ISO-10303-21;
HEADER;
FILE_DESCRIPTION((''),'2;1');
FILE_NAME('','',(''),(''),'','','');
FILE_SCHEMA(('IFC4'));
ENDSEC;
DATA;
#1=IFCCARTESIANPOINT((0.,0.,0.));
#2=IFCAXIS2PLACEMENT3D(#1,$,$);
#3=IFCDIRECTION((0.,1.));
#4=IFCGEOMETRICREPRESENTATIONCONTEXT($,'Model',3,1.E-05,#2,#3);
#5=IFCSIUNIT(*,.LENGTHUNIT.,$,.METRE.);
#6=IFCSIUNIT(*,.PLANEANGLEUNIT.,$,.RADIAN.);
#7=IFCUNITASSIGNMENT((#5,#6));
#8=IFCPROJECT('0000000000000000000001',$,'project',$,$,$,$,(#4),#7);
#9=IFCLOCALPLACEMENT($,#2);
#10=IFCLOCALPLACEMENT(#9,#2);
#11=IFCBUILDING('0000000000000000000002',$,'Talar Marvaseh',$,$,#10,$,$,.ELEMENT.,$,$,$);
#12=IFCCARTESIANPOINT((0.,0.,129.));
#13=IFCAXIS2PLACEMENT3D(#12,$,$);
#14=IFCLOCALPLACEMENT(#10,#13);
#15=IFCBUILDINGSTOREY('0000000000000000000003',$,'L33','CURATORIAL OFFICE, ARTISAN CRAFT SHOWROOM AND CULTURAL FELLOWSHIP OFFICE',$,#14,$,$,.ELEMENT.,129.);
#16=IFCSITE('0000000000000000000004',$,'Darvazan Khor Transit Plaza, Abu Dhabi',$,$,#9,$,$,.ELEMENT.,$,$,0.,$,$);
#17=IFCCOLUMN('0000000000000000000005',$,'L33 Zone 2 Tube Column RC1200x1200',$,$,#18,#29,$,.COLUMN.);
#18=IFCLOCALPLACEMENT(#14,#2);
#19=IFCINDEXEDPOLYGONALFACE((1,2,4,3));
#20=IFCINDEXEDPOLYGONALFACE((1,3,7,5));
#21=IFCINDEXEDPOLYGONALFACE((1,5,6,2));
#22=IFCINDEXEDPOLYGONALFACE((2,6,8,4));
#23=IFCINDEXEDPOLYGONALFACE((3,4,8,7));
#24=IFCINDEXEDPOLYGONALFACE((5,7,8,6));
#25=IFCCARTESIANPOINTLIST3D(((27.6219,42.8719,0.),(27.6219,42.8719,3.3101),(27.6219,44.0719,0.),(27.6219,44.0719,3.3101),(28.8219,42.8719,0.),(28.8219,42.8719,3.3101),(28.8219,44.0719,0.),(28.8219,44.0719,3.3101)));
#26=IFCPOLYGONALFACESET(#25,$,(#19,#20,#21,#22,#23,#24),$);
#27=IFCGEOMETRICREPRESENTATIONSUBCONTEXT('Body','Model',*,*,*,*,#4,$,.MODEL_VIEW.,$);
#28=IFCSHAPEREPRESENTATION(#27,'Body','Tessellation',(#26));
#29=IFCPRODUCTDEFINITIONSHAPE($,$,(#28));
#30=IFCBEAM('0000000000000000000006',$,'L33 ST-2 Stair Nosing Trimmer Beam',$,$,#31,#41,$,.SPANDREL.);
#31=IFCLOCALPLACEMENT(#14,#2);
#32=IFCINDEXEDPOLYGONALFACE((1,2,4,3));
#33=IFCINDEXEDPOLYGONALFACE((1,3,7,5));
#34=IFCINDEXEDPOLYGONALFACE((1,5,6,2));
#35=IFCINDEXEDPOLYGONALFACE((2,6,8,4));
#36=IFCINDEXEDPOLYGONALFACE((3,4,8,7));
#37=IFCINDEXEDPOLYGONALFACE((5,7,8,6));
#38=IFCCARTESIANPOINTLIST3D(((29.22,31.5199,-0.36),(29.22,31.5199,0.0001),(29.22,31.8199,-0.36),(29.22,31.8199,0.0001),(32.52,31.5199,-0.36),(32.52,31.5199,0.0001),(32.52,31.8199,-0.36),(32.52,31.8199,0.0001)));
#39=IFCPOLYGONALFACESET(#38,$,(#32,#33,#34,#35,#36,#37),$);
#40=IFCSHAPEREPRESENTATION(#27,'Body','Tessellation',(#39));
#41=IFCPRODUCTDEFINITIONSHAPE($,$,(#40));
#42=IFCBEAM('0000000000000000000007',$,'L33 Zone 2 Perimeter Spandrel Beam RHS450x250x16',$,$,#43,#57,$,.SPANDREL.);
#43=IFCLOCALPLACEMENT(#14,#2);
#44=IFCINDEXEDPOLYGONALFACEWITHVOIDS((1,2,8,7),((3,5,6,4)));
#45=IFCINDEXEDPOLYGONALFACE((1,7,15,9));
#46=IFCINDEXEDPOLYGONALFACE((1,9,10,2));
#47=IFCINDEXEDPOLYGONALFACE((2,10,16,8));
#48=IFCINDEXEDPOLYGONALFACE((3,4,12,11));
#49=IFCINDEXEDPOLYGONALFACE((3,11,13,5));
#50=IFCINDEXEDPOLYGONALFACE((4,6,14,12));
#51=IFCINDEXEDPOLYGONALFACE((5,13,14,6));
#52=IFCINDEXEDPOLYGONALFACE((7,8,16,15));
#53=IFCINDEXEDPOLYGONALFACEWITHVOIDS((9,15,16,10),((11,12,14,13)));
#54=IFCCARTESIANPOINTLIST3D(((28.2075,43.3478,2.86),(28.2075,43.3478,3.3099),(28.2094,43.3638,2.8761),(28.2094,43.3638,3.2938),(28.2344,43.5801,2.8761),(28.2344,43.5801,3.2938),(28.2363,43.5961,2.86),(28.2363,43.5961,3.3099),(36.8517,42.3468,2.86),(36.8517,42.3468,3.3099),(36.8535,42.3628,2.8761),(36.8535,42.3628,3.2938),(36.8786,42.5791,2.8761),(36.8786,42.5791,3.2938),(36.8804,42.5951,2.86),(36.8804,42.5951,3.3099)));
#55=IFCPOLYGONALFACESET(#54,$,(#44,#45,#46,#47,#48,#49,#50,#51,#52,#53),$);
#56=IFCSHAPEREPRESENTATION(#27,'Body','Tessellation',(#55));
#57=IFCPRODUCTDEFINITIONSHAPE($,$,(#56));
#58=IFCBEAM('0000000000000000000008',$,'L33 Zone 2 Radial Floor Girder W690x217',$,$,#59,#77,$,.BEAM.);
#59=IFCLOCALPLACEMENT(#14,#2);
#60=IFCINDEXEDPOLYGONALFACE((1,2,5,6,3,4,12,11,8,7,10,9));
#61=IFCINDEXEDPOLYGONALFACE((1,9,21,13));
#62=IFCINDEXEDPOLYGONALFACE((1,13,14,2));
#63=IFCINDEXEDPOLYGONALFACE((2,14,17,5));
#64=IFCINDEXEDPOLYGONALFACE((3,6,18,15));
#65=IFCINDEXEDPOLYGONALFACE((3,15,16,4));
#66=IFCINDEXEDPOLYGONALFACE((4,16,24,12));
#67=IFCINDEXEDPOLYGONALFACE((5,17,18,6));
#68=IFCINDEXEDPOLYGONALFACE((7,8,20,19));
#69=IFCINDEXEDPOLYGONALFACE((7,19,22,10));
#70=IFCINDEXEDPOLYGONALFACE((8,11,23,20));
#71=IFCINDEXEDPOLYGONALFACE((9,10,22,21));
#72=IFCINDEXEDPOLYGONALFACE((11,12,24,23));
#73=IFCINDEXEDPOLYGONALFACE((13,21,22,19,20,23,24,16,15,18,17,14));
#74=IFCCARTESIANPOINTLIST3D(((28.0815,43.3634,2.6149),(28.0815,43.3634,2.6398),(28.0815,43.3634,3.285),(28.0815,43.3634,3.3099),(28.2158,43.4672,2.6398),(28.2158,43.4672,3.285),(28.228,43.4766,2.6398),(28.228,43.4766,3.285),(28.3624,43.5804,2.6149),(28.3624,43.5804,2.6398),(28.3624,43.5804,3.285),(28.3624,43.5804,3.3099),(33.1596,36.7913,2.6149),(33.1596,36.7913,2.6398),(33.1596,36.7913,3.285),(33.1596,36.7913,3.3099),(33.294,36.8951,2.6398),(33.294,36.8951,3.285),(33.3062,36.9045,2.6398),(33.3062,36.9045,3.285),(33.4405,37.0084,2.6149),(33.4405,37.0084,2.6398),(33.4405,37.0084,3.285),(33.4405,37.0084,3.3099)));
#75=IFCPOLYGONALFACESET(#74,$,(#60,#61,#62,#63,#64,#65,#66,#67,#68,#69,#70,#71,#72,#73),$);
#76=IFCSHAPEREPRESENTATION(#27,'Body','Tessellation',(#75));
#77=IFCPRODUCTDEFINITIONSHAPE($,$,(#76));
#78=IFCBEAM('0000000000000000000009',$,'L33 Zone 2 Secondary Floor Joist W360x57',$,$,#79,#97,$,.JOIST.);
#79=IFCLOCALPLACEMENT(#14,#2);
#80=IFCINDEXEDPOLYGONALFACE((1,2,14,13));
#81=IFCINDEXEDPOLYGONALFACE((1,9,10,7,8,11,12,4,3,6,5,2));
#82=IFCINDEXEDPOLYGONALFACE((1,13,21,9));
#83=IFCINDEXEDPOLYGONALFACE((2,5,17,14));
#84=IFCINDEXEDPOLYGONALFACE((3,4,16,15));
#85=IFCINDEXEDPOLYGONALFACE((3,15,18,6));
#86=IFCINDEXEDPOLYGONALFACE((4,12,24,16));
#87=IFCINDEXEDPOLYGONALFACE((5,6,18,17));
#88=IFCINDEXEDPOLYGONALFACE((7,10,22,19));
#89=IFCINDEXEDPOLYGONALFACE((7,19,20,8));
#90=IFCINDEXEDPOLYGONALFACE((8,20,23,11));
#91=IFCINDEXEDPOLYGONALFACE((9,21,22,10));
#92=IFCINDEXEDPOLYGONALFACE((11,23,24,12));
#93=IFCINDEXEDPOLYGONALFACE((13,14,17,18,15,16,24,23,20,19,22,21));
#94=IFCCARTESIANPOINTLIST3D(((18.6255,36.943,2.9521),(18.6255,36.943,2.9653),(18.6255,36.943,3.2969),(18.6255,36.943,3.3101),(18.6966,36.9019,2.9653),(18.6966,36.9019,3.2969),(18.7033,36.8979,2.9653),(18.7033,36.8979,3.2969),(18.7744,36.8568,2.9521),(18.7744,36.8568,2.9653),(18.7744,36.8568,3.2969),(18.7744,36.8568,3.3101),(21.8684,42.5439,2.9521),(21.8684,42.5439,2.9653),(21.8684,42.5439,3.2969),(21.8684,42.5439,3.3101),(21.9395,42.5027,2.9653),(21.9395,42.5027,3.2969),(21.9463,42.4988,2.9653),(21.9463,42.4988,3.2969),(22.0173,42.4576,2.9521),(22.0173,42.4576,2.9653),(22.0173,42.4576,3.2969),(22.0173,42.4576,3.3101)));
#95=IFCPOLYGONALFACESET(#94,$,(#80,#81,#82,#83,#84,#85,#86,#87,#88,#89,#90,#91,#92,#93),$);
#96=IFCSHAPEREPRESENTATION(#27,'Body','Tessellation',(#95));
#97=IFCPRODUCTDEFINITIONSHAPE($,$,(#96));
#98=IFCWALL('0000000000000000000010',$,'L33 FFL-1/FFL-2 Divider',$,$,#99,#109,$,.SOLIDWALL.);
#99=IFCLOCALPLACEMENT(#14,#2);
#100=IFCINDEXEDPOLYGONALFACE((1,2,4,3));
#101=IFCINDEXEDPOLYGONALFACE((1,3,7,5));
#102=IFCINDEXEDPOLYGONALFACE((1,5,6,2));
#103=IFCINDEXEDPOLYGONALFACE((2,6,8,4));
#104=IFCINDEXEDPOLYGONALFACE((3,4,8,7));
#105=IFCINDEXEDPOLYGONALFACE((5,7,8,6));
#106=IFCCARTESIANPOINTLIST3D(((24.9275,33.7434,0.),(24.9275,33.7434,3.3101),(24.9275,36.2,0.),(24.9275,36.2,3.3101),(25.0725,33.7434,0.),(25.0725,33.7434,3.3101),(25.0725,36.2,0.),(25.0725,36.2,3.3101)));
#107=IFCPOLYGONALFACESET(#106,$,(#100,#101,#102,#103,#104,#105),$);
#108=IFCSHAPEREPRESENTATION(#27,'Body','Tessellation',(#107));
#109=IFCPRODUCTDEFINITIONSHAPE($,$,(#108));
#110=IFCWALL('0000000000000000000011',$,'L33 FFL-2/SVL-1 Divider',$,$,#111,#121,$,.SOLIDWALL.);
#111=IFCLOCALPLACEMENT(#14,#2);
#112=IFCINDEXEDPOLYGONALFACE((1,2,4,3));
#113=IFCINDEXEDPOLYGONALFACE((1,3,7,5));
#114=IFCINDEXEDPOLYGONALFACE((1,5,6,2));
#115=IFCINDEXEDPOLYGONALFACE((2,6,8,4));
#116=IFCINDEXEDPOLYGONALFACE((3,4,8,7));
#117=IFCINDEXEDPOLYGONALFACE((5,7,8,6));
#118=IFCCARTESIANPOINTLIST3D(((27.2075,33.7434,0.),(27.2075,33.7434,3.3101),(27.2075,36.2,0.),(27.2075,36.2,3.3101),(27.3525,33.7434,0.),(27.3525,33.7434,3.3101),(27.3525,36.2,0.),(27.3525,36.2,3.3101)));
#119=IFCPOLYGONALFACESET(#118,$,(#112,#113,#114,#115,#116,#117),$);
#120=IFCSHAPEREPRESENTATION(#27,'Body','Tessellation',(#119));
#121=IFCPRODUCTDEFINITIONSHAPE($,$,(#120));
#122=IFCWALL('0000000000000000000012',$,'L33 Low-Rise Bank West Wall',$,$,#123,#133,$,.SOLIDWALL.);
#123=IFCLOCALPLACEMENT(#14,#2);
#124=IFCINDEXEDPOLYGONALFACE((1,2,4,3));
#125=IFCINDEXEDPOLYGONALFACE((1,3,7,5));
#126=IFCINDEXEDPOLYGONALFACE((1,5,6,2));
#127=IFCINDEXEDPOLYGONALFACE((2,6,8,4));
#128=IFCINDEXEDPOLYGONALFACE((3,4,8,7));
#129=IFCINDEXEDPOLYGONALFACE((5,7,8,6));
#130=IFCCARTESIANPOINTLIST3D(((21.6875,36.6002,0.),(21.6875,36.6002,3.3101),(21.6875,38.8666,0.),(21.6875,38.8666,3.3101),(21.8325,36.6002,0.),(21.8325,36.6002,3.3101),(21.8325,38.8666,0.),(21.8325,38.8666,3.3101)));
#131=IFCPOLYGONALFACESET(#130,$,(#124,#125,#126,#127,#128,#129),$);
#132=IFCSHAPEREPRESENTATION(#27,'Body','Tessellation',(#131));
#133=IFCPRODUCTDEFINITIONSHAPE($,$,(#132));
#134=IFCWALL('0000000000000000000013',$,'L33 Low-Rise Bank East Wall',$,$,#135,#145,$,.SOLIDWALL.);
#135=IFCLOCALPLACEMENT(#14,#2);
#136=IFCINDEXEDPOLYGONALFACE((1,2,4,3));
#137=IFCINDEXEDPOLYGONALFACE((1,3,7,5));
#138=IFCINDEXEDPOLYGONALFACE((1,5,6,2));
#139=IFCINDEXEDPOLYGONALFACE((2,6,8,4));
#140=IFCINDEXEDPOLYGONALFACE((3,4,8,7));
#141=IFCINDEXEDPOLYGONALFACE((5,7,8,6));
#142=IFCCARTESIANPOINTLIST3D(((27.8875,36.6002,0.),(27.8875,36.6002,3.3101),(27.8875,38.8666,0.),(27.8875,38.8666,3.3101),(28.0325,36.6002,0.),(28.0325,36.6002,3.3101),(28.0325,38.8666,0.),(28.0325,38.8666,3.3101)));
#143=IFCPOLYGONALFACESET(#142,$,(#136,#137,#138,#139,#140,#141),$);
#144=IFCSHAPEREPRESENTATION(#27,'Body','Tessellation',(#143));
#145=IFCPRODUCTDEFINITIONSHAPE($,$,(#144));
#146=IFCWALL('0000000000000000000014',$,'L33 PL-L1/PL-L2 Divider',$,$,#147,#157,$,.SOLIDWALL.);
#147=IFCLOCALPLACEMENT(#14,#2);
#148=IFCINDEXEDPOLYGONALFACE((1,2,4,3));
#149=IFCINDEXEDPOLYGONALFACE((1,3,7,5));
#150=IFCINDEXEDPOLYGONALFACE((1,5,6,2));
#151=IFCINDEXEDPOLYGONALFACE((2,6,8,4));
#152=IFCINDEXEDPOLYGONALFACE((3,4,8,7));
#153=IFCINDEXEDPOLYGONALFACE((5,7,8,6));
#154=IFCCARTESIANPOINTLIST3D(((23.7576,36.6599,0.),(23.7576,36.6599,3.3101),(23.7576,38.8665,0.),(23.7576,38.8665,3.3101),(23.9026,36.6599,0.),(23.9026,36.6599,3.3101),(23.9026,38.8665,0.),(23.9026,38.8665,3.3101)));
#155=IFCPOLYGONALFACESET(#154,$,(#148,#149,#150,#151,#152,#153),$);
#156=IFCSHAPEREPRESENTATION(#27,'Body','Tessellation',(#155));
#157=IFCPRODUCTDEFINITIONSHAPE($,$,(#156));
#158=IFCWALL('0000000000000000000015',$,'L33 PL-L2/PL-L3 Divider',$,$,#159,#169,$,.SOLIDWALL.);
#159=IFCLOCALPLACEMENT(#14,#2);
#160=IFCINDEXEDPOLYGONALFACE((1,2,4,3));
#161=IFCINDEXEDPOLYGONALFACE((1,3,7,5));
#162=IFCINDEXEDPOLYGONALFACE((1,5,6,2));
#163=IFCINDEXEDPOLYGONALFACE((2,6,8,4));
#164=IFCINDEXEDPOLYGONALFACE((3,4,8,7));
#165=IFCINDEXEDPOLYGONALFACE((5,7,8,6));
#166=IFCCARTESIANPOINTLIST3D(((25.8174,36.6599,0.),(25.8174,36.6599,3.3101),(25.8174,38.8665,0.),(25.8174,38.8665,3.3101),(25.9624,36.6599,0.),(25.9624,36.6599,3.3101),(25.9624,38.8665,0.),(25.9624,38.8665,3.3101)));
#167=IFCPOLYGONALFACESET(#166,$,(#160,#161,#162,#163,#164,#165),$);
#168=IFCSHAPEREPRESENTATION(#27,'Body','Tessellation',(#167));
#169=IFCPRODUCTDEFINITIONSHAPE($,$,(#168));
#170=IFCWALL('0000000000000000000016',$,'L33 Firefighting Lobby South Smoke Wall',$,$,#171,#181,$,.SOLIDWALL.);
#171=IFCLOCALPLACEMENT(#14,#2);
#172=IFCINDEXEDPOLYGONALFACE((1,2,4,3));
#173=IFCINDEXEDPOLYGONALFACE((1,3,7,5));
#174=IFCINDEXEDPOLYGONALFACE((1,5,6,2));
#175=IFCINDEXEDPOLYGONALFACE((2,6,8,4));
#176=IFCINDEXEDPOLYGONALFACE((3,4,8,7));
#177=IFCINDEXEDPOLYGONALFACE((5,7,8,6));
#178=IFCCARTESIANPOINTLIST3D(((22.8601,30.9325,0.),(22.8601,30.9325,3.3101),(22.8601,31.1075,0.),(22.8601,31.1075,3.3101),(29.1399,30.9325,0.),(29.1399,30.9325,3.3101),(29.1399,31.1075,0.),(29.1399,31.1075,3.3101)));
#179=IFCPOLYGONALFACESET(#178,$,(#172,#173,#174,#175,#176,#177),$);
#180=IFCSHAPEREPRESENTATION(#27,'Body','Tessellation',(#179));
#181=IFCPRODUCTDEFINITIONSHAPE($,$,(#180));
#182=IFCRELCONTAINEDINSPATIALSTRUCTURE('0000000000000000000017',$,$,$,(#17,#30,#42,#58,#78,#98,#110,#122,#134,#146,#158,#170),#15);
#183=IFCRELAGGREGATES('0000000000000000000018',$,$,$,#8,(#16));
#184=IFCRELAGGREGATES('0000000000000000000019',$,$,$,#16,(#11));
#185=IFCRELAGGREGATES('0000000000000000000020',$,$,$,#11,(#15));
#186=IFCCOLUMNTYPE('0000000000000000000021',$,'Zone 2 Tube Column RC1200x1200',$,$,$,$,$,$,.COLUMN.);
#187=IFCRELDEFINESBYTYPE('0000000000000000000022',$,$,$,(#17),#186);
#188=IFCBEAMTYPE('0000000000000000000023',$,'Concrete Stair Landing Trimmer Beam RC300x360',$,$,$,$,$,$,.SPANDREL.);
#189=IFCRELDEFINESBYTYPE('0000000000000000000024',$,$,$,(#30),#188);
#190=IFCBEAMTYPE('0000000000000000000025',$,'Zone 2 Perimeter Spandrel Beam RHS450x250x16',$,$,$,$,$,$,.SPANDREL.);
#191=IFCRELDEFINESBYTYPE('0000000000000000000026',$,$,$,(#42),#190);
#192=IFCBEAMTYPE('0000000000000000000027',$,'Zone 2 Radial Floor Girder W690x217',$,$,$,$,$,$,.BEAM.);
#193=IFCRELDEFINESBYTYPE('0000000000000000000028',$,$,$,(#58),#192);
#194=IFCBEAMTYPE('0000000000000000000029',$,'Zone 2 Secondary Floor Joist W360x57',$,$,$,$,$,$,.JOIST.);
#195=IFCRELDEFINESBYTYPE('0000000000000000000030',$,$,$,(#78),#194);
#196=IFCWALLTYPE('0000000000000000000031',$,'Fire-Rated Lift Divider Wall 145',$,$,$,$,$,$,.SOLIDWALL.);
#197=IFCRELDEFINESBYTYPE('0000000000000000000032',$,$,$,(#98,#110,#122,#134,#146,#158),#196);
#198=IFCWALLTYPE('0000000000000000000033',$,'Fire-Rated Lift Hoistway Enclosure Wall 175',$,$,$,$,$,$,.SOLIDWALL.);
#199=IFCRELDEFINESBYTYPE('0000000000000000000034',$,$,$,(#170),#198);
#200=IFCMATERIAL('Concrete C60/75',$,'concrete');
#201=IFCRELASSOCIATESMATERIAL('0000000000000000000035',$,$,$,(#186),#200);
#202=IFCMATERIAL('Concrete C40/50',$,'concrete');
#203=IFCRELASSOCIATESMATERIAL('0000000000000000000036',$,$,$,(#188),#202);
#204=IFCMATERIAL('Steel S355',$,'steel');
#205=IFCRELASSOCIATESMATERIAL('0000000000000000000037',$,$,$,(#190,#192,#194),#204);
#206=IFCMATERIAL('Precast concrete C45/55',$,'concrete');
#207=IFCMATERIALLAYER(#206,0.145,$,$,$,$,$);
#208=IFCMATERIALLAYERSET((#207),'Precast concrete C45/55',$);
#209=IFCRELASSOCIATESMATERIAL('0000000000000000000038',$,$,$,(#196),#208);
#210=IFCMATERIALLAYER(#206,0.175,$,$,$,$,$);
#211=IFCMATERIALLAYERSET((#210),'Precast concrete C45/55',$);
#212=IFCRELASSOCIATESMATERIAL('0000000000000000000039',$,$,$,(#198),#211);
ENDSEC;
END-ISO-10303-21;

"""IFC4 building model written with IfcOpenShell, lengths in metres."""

from ifc_helpers import new_model, si_unit, direction, frame, frame_2d, origin, origin_2d, place, context, subcontext, project, spatial, rectangle, hollow_rectangle, i_section, extrude, material, layer, layer_set, material_profile, profile_set, type_object, element, save


model = new_model("IFC4")

# Units and contexts
model_context = context("Model", 3, precision=1e-05, world=origin(), true_north=direction((0.0, 1.0)))
body_context = subcontext(model_context, "Body", "Model", "MODEL_VIEW")
ifc_project = project(units=[si_unit("LENGTHUNIT", "METRE"), si_unit("PLANEANGLEUNIT", "RADIAN")], contexts=[model_context])

# Site, building, storey
site_placement = place(None, origin())
site = spatial("IfcSite", under=ifc_project, at=site_placement, Name="Darvazan Khor Transit Plaza, Abu Dhabi", CompositionType="ELEMENT", RefElevation=0.0)
building_placement = place(site_placement, origin())
building = spatial("IfcBuilding", under=site, at=building_placement, Name="Talar Marvaseh", CompositionType="ELEMENT")
storey_placement = place(building_placement, frame((0.0, 0.0, 129.0)))
storey = spatial("IfcBuildingStorey", under=building, at=storey_placement, Name="L33", Description="CURATORIAL OFFICE, ARTISAN CRAFT SHOWROOM AND CULTURAL FELLOWSHIP OFFICE", CompositionType="ELEMENT", Elevation=129.0)

# Column
ifc_material_1 = material(Name="Concrete C60/75", Category="concrete")
ifc_material_profile_1 = material_profile(ifc_material_1, rectangle(XDim=1.2, YDim=1.2, at=origin_2d()), Name="RC1200x1200")
ifc_profile_set_1 = profile_set([ifc_material_profile_1], Name="Concrete C60/75")
column_type = type_object("IfcColumnType", Name="Zone 2 Tube Column RC1200x1200", PredefinedType="COLUMN", material=ifc_profile_set_1)
column_placement = place(storey_placement, frame((28.2219, 43.4719, 0.0), z_axis=(0.0, 0.0, 1.0), x_axis=(1.0, 0.0, 0.0)))
element("IfcColumn", 1, at=column_placement, inside=storey, type_object=column_type, Name="L33 Zone 2 Tube Column RC1200x1200", PredefinedType="COLUMN", context=body_context, shape_type="SweptSolid", body=[
    extrude(rectangle(XDim=1.2, YDim=1.2, at=origin_2d()), origin(), (0.0, 0.0, 1.0), 3.3101),
])

# Beams
ifc_material_2 = material(Name="Concrete C40/50", Category="concrete")
ifc_material_profile_2 = material_profile(ifc_material_2, rectangle(XDim=0.3, YDim=0.3601, at=origin_2d()), Name="RC300x360")
ifc_profile_set_2 = profile_set([ifc_material_profile_2], Name="Concrete C40/50")
beam_type_1 = type_object("IfcBeamType", Name="Concrete Stair Landing Trimmer Beam RC300x360", PredefinedType="SPANDREL", material=ifc_profile_set_2)
beam_1_placement = place(storey_placement, frame((29.22, 31.6699, -0.1799), z_axis=(1.0, 0.0, 0.0), x_axis=(0.0, 1.0, 0.0)))
element("IfcBeam", 2, at=beam_1_placement, inside=storey, type_object=beam_type_1, Name="L33 ST-2 Stair Nosing Trimmer Beam", PredefinedType="SPANDREL", context=body_context, shape_type="SweptSolid", body=[
    extrude(rectangle(XDim=0.3, YDim=0.3601, at=origin_2d()), origin(), (0.0, 0.0, 1.0), 3.3),
])
ifc_material_3 = material(Name="Steel S355", Category="steel")
ifc_material_profile_3 = material_profile(ifc_material_3, hollow_rectangle(XDim=0.25, YDim=0.45, WallThickness=0.0161, at=origin_2d()), Name="RHS450x250x16")
ifc_profile_set_3 = profile_set([ifc_material_profile_3], Name="Steel S355")
beam_type_2 = type_object("IfcBeamType", Name="Zone 2 Perimeter Spandrel Beam RHS450x250x16", PredefinedType="SPANDREL", material=ifc_profile_set_3)
beam_2_placement = place(storey_placement, frame((28.2219, 43.4719, 3.085), z_axis=(0.993362, -0.115031, 0.0), x_axis=(0.115031, 0.993362, 0.0)))
element("IfcBeam", 3, at=beam_2_placement, inside=storey, type_object=beam_type_2, Name="L33 Zone 2 Perimeter Spandrel Beam RHS450x250x16", PredefinedType="SPANDREL", context=body_context, shape_type="SweptSolid", body=[
    extrude(hollow_rectangle(XDim=0.25, YDim=0.45, WallThickness=0.0161, at=origin_2d()), origin(), (0.0, 0.0, 1.0), 8.7019),
])
ifc_material_profile_4 = material_profile(ifc_material_3, i_section(OverallWidth=0.355, OverallDepth=0.6951, WebThickness=0.0154, FlangeThickness=0.0249, at=origin_2d()), Name="W690x217")
ifc_profile_set_4 = profile_set([ifc_material_profile_4], Name="Steel S355")
beam_type_3 = type_object("IfcBeamType", Name="Zone 2 Radial Floor Girder W690x217", PredefinedType="BEAM", material=ifc_profile_set_4)
beam_3_placement = place(storey_placement, frame((28.2219, 43.4719, 2.9624), z_axis=(0.611428, -0.7913, 0.0), x_axis=(0.7913, 0.611428, 0.0)))
element("IfcBeam", 4, at=beam_3_placement, inside=storey, type_object=beam_type_3, Name="L33 Zone 2 Radial Floor Girder W690x217", PredefinedType="BEAM", context=body_context, shape_type="SweptSolid", body=[
    extrude(i_section(OverallWidth=0.355, OverallDepth=0.6951, WebThickness=0.0154, FlangeThickness=0.0249, at=origin_2d()), origin(), (0.0, 0.0, 1.0), 8.3054),
])
ifc_material_profile_5 = material_profile(ifc_material_3, i_section(OverallWidth=0.1721, OverallDepth=0.3579, WebThickness=0.0078, FlangeThickness=0.0132, at=origin_2d()), Name="W360x57")
ifc_profile_set_5 = profile_set([ifc_material_profile_5], Name="Steel S355")
beam_type_4 = type_object("IfcBeamType", Name="Zone 2 Secondary Floor Joist W360x57", PredefinedType="JOIST", material=ifc_profile_set_5)
beam_4_placement = place(storey_placement, frame((21.9429, 42.5007, 3.1311), z_axis=(-0.501075, -0.865404, 0.0), x_axis=(0.865404, -0.501075, 0.0)))
element("IfcBeam", 5, at=beam_4_placement, inside=storey, type_object=beam_type_4, Name="L33 Zone 2 Secondary Floor Joist W360x57", PredefinedType="JOIST", context=body_context, shape_type="SweptSolid", body=[
    extrude(i_section(OverallWidth=0.1721, OverallDepth=0.3579, WebThickness=0.0078, FlangeThickness=0.0132, at=origin_2d()), origin(), (0.0, 0.0, 1.0), 6.4719),
])

# Walls
ifc_material_4 = material(Name="Precast concrete C45/55", Category="concrete")
ifc_layer_1 = layer(ifc_material_4, 0.145)
ifc_layer_set_1 = layer_set([ifc_layer_1], Name="Precast concrete C45/55")
wall_type_1 = type_object("IfcWallType", Name="Fire-Rated Lift Divider Wall 145", PredefinedType="SOLIDWALL", material=ifc_layer_set_1)
for number, where, z_axis, x_axis, name in (
    (6, (25.0, 33.7434, 0.0), (0.0, 0.0, 1.0), (0.0, 1.0, 0.0), "L33 FFL-1/FFL-2 Divider"),
    (7, (27.28, 33.7434, 0.0), (0.0, 0.0, 1.0), (0.0, 1.0, 0.0), "L33 FFL-2/SVL-1 Divider"),
):
    element("IfcWall", number, at=place(storey_placement, frame(where, z_axis=z_axis, x_axis=x_axis)), inside=storey, type_object=wall_type_1, Name=name, PredefinedType="SOLIDWALL", context=body_context, shape_type="SweptSolid", body=[
        extrude(rectangle(XDim=2.4565, YDim=0.145, at=frame_2d((1.2283, 0.0))), origin(), (0.0, 0.0, 1.0), 3.3101),
    ])
for number, where, z_axis, x_axis, name in (
    (8, (21.76, 36.6001, 0.0), (0.0, 0.0, 1.0), (0.0, 1.0, 0.0), "L33 Low-Rise Bank West Wall"),
    (9, (27.96, 36.6001, 0.0), (0.0, 0.0, 1.0), (0.0, 1.0, 0.0), "L33 Low-Rise Bank East Wall"),
):
    element("IfcWall", number, at=place(storey_placement, frame(where, z_axis=z_axis, x_axis=x_axis)), inside=storey, type_object=wall_type_1, Name=name, PredefinedType="SOLIDWALL", context=body_context, shape_type="SweptSolid", body=[
        extrude(rectangle(XDim=2.2664, YDim=0.145, at=frame_2d((1.1333, 0.0))), origin(), (0.0, 0.0, 1.0), 3.3101),
    ])
for number, where, z_axis, x_axis, name in (
    (10, (23.8301, 36.6599, 0.0), (0.0, 0.0, 1.0), (0.0, 1.0, 0.0), "L33 PL-L1/PL-L2 Divider"),
    (11, (25.8899, 36.6599, 0.0), (0.0, 0.0, 1.0), (0.0, 1.0, 0.0), "L33 PL-L2/PL-L3 Divider"),
):
    element("IfcWall", number, at=place(storey_placement, frame(where, z_axis=z_axis, x_axis=x_axis)), inside=storey, type_object=wall_type_1, Name=name, PredefinedType="SOLIDWALL", context=body_context, shape_type="SweptSolid", body=[
        extrude(rectangle(XDim=2.2065, YDim=0.145, at=frame_2d((1.1033, 0.0))), origin(), (0.0, 0.0, 1.0), 3.3101),
    ])

# Shared definitions
ifc_layer_2 = layer(ifc_material_4, 0.175)
ifc_layer_set_2 = layer_set([ifc_layer_2], Name="Precast concrete C45/55")
wall_type_2 = type_object("IfcWallType", Name="Fire-Rated Lift Hoistway Enclosure Wall 175", PredefinedType="SOLIDWALL", material=ifc_layer_set_2)

# Wall
wall_1_placement = place(storey_placement, frame((22.8601, 31.02, 0.0), z_axis=(0.0, 0.0, 1.0), x_axis=(1.0, 0.0, 0.0)))
element("IfcWall", 12, at=wall_1_placement, inside=storey, type_object=wall_type_2, Name="L33 Firefighting Lobby South Smoke Wall", PredefinedType="SOLIDWALL", context=body_context, shape_type="SweptSolid", body=[
    extrude(rectangle(XDim=6.2798, YDim=0.175, at=frame_2d((3.1399, 0.0))), origin(), (0.0, 0.0, 1.0), 3.3101),
])

save(model, "model.ifc")
